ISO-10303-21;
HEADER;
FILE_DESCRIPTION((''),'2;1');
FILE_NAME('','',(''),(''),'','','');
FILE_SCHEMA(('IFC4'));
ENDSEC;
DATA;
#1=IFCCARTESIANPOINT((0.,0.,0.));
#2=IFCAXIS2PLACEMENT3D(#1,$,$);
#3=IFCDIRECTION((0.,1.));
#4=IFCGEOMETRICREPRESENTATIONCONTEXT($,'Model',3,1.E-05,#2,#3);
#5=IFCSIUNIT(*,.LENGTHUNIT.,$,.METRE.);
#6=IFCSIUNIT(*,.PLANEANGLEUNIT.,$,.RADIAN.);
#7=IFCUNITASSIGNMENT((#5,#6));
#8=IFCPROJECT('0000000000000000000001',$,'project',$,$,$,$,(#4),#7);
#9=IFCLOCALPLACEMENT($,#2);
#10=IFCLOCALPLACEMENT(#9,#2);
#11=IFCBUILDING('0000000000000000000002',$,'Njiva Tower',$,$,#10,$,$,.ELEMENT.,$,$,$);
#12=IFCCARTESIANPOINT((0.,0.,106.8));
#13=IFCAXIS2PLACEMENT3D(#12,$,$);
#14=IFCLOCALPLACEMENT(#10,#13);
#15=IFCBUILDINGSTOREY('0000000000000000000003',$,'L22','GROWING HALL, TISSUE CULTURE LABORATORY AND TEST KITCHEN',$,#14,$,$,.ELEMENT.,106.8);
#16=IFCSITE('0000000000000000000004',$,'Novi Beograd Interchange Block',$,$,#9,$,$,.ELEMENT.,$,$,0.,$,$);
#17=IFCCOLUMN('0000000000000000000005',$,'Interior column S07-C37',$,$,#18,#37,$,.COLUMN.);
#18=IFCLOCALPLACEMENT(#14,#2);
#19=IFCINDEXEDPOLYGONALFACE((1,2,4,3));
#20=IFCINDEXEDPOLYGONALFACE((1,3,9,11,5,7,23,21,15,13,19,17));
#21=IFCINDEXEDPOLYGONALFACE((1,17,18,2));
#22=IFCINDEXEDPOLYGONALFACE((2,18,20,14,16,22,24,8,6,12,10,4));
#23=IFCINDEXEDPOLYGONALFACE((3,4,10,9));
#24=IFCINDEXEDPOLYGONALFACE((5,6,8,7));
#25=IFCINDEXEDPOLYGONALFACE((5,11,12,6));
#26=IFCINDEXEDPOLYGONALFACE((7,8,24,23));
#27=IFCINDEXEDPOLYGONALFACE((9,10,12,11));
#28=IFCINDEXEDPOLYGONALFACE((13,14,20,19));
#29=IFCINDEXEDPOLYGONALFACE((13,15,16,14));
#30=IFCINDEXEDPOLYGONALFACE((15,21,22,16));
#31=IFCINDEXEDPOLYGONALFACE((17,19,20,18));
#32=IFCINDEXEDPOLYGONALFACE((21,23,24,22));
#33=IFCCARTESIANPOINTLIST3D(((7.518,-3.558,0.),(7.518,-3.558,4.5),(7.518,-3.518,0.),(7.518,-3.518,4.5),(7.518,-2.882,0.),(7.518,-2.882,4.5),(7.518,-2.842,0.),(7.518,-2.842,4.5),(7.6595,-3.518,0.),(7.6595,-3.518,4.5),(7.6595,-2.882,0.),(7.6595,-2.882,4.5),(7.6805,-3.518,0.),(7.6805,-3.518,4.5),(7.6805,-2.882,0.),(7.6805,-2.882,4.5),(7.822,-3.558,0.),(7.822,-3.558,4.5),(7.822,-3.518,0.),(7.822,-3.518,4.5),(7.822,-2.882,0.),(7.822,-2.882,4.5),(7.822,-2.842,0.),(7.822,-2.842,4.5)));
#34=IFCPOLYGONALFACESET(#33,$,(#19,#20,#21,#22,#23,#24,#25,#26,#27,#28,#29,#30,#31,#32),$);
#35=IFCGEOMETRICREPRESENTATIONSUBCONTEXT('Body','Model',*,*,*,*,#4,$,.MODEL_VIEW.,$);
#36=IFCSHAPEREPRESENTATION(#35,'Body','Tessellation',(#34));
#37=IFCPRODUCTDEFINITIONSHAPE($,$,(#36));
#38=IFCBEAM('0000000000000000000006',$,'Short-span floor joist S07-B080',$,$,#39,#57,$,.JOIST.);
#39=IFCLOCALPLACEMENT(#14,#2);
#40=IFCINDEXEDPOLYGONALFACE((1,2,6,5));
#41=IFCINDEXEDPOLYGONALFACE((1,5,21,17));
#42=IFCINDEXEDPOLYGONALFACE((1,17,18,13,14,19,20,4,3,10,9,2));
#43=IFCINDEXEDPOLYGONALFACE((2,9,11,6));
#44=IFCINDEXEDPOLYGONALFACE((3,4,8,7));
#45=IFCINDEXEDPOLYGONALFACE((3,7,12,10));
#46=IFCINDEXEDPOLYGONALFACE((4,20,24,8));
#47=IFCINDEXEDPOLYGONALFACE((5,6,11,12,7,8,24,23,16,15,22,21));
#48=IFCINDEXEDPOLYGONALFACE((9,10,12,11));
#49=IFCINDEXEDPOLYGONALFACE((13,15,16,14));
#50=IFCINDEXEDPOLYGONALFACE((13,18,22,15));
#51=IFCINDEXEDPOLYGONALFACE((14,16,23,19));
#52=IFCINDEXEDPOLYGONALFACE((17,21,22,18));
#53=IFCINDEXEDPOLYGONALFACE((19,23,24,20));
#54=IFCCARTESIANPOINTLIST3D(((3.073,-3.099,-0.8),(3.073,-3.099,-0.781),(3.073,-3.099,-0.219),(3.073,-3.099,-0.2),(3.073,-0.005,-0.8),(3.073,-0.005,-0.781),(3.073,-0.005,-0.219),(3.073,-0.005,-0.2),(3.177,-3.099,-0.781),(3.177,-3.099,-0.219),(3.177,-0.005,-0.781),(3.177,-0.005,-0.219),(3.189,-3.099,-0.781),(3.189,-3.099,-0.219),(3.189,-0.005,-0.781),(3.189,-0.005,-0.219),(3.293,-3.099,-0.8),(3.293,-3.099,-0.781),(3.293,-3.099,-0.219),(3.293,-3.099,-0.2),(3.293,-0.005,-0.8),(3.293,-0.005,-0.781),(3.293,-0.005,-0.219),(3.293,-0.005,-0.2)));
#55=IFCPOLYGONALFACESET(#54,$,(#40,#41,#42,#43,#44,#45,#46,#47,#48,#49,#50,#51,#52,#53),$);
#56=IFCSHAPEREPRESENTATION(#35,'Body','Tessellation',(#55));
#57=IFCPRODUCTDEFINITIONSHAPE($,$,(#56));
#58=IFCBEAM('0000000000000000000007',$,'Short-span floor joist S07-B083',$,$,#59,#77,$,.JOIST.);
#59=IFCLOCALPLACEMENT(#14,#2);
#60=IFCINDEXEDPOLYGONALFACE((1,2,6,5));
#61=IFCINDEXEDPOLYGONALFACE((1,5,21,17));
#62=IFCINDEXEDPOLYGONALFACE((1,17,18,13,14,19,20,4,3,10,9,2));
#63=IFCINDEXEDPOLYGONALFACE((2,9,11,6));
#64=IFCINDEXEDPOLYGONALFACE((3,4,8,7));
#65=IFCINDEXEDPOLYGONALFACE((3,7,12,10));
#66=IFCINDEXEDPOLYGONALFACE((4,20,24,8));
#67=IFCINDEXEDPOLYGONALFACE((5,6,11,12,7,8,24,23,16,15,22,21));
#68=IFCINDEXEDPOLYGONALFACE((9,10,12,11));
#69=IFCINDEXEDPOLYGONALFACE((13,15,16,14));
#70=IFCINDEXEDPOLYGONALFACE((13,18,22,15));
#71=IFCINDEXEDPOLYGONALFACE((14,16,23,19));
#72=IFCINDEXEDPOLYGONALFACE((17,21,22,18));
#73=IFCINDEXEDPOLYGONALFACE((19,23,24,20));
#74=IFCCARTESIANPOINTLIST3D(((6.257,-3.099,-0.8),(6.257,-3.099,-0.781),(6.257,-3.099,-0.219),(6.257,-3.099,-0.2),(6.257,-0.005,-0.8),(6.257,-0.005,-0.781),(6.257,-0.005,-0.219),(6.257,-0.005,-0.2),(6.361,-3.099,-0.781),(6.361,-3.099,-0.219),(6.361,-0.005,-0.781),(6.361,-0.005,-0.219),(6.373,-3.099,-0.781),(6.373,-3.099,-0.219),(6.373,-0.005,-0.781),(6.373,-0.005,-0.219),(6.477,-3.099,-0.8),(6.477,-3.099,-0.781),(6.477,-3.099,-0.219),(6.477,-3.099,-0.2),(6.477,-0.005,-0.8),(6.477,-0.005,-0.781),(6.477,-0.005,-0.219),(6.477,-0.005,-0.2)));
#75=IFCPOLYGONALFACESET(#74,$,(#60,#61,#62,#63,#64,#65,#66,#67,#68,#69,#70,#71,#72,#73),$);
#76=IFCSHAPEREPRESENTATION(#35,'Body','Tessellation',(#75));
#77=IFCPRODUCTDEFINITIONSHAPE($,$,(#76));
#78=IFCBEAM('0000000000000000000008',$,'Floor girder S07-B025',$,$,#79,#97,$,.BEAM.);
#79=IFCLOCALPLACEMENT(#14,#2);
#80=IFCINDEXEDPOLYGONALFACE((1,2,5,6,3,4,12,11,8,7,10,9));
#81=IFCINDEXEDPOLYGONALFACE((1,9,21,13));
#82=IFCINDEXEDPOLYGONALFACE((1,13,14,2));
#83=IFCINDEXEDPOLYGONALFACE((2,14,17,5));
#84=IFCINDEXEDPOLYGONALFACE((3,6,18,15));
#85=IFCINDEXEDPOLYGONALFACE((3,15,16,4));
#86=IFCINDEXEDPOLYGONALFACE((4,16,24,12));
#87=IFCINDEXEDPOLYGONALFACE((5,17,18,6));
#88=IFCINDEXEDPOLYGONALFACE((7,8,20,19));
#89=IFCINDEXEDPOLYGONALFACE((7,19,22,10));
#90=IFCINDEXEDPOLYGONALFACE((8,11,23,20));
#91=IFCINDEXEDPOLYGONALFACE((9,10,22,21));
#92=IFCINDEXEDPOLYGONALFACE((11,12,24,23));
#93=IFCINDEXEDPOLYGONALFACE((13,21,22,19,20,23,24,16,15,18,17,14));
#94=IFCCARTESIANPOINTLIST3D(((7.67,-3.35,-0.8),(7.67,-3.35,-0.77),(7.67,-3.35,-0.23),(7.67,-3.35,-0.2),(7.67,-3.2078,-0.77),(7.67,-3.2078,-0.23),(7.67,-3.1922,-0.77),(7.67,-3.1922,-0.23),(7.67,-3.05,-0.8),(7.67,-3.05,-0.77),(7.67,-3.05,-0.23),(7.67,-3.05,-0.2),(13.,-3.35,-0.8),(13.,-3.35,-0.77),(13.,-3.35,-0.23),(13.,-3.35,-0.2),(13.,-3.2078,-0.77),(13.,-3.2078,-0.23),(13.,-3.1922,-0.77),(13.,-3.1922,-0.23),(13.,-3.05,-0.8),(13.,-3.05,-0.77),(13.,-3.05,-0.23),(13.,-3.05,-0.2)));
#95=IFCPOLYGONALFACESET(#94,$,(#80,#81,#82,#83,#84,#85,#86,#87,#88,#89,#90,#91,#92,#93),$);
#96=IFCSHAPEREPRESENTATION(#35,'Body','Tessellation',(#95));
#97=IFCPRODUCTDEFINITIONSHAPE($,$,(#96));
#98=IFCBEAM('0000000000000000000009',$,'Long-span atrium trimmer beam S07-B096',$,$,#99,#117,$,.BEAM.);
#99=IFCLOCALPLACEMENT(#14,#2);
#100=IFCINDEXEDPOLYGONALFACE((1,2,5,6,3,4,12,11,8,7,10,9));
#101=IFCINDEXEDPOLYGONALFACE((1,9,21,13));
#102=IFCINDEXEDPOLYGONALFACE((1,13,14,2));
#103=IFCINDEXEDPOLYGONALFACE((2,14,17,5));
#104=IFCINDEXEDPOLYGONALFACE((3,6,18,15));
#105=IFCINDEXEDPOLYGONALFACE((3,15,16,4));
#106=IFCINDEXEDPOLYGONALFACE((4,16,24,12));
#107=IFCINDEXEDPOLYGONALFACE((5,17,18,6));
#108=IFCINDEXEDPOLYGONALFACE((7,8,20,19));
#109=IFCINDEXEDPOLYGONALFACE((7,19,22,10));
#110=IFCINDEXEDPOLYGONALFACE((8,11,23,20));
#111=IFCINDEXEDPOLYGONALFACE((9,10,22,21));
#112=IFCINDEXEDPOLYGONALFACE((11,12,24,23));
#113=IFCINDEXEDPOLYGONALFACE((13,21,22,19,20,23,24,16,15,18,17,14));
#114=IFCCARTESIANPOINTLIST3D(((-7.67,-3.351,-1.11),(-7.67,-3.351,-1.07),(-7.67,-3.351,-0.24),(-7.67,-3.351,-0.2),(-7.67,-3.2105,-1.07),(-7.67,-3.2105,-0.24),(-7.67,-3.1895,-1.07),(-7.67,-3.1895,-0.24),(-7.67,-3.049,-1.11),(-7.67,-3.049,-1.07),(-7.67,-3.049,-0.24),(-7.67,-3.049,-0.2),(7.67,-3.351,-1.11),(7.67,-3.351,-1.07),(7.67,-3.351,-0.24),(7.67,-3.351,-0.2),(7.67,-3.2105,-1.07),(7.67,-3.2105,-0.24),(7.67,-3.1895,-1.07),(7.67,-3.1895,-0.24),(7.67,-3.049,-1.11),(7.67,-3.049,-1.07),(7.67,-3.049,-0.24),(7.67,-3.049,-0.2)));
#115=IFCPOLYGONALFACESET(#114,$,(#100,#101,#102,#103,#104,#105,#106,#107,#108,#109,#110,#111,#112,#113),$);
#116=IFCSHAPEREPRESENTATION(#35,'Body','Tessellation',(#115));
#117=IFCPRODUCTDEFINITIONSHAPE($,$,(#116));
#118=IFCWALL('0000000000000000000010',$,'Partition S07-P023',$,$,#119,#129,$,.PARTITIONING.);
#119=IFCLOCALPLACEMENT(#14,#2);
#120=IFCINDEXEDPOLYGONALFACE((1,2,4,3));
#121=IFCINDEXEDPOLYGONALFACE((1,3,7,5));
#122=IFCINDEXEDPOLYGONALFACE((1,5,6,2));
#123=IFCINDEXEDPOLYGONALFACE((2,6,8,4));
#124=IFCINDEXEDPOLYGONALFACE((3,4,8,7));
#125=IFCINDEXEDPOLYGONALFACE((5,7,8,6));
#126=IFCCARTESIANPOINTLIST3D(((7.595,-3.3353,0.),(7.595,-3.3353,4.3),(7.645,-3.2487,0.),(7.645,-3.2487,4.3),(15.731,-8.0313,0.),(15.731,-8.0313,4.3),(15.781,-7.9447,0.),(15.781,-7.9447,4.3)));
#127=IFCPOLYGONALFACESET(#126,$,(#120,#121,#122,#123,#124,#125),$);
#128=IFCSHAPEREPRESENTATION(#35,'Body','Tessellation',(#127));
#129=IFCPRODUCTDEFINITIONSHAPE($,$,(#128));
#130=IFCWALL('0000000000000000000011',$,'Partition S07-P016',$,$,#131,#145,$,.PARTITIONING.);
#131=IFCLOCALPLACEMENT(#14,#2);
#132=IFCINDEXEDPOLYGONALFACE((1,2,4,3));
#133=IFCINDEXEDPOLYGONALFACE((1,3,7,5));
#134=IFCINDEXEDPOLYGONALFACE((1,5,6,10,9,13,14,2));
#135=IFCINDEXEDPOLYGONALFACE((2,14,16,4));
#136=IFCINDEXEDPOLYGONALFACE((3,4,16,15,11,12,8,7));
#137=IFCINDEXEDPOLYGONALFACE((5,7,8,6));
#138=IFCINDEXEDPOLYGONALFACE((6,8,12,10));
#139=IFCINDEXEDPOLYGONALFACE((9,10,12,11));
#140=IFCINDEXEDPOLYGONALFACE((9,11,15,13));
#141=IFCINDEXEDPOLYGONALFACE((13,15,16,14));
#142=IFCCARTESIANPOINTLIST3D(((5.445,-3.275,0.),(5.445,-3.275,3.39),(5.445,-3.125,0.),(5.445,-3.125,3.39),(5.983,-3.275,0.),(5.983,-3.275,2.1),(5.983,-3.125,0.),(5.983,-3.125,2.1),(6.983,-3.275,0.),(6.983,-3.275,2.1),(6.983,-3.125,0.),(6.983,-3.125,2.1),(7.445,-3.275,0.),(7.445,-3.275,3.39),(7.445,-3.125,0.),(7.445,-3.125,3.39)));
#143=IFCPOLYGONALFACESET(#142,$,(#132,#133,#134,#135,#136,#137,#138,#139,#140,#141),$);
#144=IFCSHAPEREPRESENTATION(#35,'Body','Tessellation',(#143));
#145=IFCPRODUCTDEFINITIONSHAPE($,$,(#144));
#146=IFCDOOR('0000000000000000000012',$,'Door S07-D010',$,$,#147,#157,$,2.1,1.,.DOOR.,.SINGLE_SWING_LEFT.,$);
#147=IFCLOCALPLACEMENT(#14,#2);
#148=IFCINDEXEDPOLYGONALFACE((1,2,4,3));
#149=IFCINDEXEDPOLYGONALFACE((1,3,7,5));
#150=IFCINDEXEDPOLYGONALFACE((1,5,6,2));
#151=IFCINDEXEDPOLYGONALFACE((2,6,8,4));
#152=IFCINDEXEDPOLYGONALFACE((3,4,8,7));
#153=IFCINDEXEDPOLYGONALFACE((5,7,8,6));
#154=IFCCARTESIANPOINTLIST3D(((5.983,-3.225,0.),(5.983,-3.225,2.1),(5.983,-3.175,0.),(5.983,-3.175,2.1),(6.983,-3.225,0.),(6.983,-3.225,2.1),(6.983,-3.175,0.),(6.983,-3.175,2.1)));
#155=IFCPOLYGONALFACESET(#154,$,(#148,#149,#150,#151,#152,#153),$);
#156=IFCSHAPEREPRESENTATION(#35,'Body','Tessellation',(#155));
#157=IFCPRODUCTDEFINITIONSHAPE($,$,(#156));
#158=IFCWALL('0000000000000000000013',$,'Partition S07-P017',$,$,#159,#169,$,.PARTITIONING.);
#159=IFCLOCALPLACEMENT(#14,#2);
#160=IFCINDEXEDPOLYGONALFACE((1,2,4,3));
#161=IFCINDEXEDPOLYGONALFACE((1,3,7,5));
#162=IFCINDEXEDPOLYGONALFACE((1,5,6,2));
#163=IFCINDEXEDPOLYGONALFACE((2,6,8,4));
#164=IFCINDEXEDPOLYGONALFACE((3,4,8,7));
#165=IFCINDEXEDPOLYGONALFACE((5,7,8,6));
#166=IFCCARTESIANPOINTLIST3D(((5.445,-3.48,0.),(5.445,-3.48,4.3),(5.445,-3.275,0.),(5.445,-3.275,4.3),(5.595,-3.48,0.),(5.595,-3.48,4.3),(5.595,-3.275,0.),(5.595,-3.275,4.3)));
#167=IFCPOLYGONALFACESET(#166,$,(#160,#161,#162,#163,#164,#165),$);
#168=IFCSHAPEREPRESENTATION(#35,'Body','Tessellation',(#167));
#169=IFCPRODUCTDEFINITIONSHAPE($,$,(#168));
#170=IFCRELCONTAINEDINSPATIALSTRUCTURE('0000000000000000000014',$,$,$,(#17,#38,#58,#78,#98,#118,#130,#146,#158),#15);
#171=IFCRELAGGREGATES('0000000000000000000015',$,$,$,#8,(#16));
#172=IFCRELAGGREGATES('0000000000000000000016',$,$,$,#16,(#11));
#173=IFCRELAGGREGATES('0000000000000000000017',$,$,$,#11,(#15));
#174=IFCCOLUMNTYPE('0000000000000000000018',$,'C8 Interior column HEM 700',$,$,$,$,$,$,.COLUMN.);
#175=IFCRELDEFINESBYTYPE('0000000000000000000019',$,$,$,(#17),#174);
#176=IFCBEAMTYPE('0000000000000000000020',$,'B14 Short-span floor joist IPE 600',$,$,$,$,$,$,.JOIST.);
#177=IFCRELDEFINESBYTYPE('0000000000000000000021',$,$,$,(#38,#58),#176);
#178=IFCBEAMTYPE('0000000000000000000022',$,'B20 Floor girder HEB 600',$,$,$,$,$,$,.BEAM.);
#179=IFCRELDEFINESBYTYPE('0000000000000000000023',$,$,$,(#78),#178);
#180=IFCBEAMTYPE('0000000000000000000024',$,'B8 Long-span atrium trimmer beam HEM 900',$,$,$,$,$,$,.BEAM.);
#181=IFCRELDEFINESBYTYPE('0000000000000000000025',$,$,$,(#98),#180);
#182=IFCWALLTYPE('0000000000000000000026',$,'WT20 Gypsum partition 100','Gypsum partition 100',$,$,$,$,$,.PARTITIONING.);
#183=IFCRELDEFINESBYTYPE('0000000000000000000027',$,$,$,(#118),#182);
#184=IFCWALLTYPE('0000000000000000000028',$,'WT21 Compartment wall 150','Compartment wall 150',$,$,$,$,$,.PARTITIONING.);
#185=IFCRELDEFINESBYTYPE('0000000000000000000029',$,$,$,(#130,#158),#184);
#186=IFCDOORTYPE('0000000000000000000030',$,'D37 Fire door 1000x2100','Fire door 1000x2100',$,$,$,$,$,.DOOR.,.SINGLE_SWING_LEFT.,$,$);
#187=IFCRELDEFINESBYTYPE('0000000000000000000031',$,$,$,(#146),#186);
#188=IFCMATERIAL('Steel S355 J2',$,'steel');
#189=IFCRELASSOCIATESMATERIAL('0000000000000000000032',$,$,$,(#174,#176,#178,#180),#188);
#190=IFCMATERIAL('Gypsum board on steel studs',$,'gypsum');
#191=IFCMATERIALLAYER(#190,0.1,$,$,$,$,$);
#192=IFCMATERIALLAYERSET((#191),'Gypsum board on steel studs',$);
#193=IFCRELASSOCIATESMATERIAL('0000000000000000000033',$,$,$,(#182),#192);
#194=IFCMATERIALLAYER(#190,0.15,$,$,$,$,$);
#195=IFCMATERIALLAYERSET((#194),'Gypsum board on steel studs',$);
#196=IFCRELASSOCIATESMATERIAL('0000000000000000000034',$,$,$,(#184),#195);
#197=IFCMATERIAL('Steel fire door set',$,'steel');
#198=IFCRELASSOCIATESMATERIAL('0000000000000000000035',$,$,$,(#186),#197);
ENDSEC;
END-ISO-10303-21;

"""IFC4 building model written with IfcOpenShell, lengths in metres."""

from ifc_helpers import new_model, si_unit, direction, frame, frame_2d, origin, origin_2d, place, context, subcontext, project, spatial, rectangle, i_section, extrude, material, layer, layer_set, material_profile, profile_set, type_object, element, fill, save


model = new_model("IFC4")

# Units and contexts
model_context = context("Model", 3, precision=1e-05, world=origin(), true_north=direction((0.0, 1.0)))
body_context = subcontext(model_context, "Body", "Model", "MODEL_VIEW")
ifc_project = project(units=[si_unit("LENGTHUNIT", "METRE"), si_unit("PLANEANGLEUNIT", "RADIAN")], contexts=[model_context])

# Site, building, storey
site_placement = place(None, origin())
site = spatial("IfcSite", under=ifc_project, at=site_placement, Name="Novi Beograd Interchange Block", CompositionType="ELEMENT", RefElevation=0.0)
building_placement = place(site_placement, origin())
building = spatial("IfcBuilding", under=site, at=building_placement, Name="Njiva Tower", CompositionType="ELEMENT")
storey_placement = place(building_placement, frame((0.0, 0.0, 106.8)))
storey = spatial("IfcBuildingStorey", under=building, at=storey_placement, Name="L22", Description="GROWING HALL, TISSUE CULTURE LABORATORY AND TEST KITCHEN", CompositionType="ELEMENT", Elevation=106.8)

# Column
ifc_material_1 = material(Name="Steel S355 J2", Category="steel")
ifc_material_profile_1 = material_profile(ifc_material_1, i_section(OverallWidth=0.304, OverallDepth=0.716, WebThickness=0.021, FlangeThickness=0.04, at=origin_2d()), Name="HEM 700")
ifc_profile_set_1 = profile_set([ifc_material_profile_1], Name="Steel S355 J2")
column_type = type_object("IfcColumnType", Name="C8 Interior column HEM 700", PredefinedType="COLUMN", material=ifc_profile_set_1)
column_placement = place(storey_placement, frame((7.67, -3.2, 0.0), z_axis=(0.0, 0.0, 1.0), x_axis=(1.0, 0.0, 0.0)))
element("IfcColumn", 1, at=column_placement, inside=storey, type_object=column_type, Name="Interior column S07-C37", PredefinedType="COLUMN", context=body_context, shape_type="SweptSolid", body=[
    extrude(i_section(OverallWidth=0.304, OverallDepth=0.716, WebThickness=0.021, FlangeThickness=0.04, at=origin_2d()), origin(), (0.0, 0.0, 1.0), 4.5),
])

# Beams
ifc_material_profile_2 = material_profile(ifc_material_1, i_section(OverallWidth=0.22, OverallDepth=0.6, WebThickness=0.012, FlangeThickness=0.019, at=origin_2d()), Name="IPE 600")
ifc_profile_set_2 = profile_set([ifc_material_profile_2], Name="Steel S355 J2")
beam_type_1 = type_object("IfcBeamType", Name="B14 Short-span floor joist IPE 600", PredefinedType="JOIST", material=ifc_profile_set_2)
for number, where, z_axis, x_axis, name in (
    (2, (3.183, -0.005, -0.5), (0.0, -1.0, 0.0), (1.0, 0.0, 0.0), "Short-span floor joist S07-B080"),
    (3, (6.367, -0.005, -0.5), (0.0, -1.0, 0.0), (1.0, 0.0, 0.0), "Short-span floor joist S07-B083"),
):
    element("IfcBeam", number, at=place(storey_placement, frame(where, z_axis=z_axis, x_axis=x_axis)), inside=storey, type_object=beam_type_1, Name=name, PredefinedType="JOIST", context=body_context, shape_type="SweptSolid", body=[
        extrude(i_section(OverallWidth=0.22, OverallDepth=0.6, WebThickness=0.012, FlangeThickness=0.019, at=origin_2d()), origin(), (0.0, 0.0, 1.0), 3.094),
    ])
ifc_material_profile_3 = material_profile(ifc_material_1, i_section(OverallWidth=0.3, OverallDepth=0.6, WebThickness=0.0155, FlangeThickness=0.03, at=origin_2d()), Name="HEB 600")
ifc_profile_set_3 = profile_set([ifc_material_profile_3], Name="Steel S355 J2")
beam_type_2 = type_object("IfcBeamType", Name="B20 Floor girder HEB 600", PredefinedType="BEAM", material=ifc_profile_set_3)
beam_1_placement = place(storey_placement, frame((7.67, -3.2, -0.5), z_axis=(1.0, 0.0, 0.0), x_axis=(0.0, 1.0, 0.0)))
element("IfcBeam", 4, at=beam_1_placement, inside=storey, type_object=beam_type_2, Name="Floor girder S07-B025", PredefinedType="BEAM", context=body_context, shape_type="SweptSolid", body=[
    extrude(i_section(OverallWidth=0.3, OverallDepth=0.6, WebThickness=0.0155, FlangeThickness=0.03, at=origin_2d()), origin(), (0.0, 0.0, 1.0), 5.33),
])
ifc_material_profile_4 = material_profile(ifc_material_1, i_section(OverallWidth=0.302, OverallDepth=0.91, WebThickness=0.021, FlangeThickness=0.04, at=origin_2d()), Name="HEM 900")
ifc_profile_set_4 = profile_set([ifc_material_profile_4], Name="Steel S355 J2")
beam_type_3 = type_object("IfcBeamType", Name="B8 Long-span atrium trimmer beam HEM 900", PredefinedType="BEAM", material=ifc_profile_set_4)
beam_2_placement = place(storey_placement, frame((7.67, -3.2, -0.655), z_axis=(-1.0, 0.0, 0.0), x_axis=(0.0, -1.0, 0.0)))
element("IfcBeam", 5, at=beam_2_placement, inside=storey, type_object=beam_type_3, Name="Long-span atrium trimmer beam S07-B096", PredefinedType="BEAM", context=body_context, shape_type="SweptSolid", body=[
    extrude(i_section(OverallWidth=0.302, OverallDepth=0.91, WebThickness=0.021, FlangeThickness=0.04, at=origin_2d()), origin(), (0.0, 0.0, 1.0), 15.34),
])

# Wall
ifc_material_2 = material(Name="Gypsum board on steel studs", Category="gypsum")
ifc_layer_1 = layer(ifc_material_2, 0.1)
ifc_layer_set_1 = layer_set([ifc_layer_1], Name="Gypsum board on steel studs")
wall_type_1 = type_object("IfcWallType", Name="WT20 Gypsum partition 100", Description="Gypsum partition 100", PredefinedType="PARTITIONING", material=ifc_layer_set_1)
wall_1_placement = place(storey_placement, frame((7.62, -3.292, 0.0), z_axis=(0.0, 0.0, 1.0), x_axis=(0.866086, -0.499894, 0.0)))
element("IfcWall", 6, at=wall_1_placement, inside=storey, type_object=wall_type_1, Name="Partition S07-P023", PredefinedType="PARTITIONING", context=body_context, shape_type="SweptSolid", body=[
    extrude(rectangle(XDim=9.394, YDim=0.1, at=frame_2d((4.697, 0.0))), origin(), (0.0, 0.0, 1.0), 4.3),
])

# Wall, opening, door
ifc_layer_2 = layer(ifc_material_2, 0.15)
ifc_layer_set_2 = layer_set([ifc_layer_2], Name="Gypsum board on steel studs")
wall_type_2 = type_object("IfcWallType", Name="WT21 Compartment wall 150", Description="Compartment wall 150", PredefinedType="PARTITIONING", material=ifc_layer_set_2)
wall_2_placement = place(storey_placement, frame((5.445, -3.2, 0.0), z_axis=(0.0, 0.0, 1.0), x_axis=(1.0, 0.0, 0.0)))
wall_2 = element("IfcWall", 7, at=wall_2_placement, inside=storey, type_object=wall_type_2, Name="Partition S07-P016", PredefinedType="PARTITIONING", context=body_context, shape_type="SweptSolid", body=[
    extrude(rectangle(XDim=2.0, YDim=0.15, at=frame_2d((1.0, 0.0))), origin(), (0.0, 0.0, 1.0), 3.39),
])
opening_1_placement = place(wall_2_placement, frame((0.538, 0.0, 0.0)))
opening_1 = element("IfcOpeningElement", 8, at=opening_1_placement, cuts=wall_2, PredefinedType="OPENING", context=body_context, shape_type="SweptSolid", body=[
    extrude(rectangle(XDim=1.0, YDim=2.1, at=frame_2d((0.5, 1.05))), frame((0.0, 0.085, 0.0), z_axis=(0.0, -1.0, 0.0), x_axis=(1.0, 0.0, 0.0)), (0.0, 0.0, 1.0), 0.17),
])
ifc_material_3 = material(Name="Steel fire door set", Category="steel")
door_type = type_object("IfcDoorType", Name="D37 Fire door 1000x2100", Description="Fire door 1000x2100", OperationType="SINGLE_SWING_LEFT", PredefinedType="DOOR", material=ifc_material_3)
door_1_placement = place(opening_1_placement, origin())
door_1 = element("IfcDoor", 9, at=door_1_placement, inside=storey, type_object=door_type, Name="Door S07-D010", OperationType="SINGLE_SWING_LEFT", OverallHeight=2.1, OverallWidth=1.0, PredefinedType="DOOR", context=body_context, shape_type="SweptSolid", body=[
    extrude(rectangle(XDim=1.0, YDim=2.1, at=frame_2d((0.5, 1.05))), frame((0.0, 0.025, 0.0), z_axis=(0.0, -1.0, 0.0), x_axis=(1.0, 0.0, 0.0)), (0.0, 0.0, 1.0), 0.05),
])
fill(opening_1, door_1)

# Wall
wall_3_placement = place(storey_placement, frame((5.52, -3.48, 0.0), z_axis=(0.0, 0.0, 1.0), x_axis=(0.0, 1.0, 0.0)))
element("IfcWall", 10, at=wall_3_placement, inside=storey, type_object=wall_type_2, Name="Partition S07-P017", PredefinedType="PARTITIONING", context=body_context, shape_type="SweptSolid", body=[
    extrude(rectangle(XDim=0.205, YDim=0.15, at=frame_2d((0.1025, 0.0))), origin(), (0.0, 0.0, 1.0), 4.3),
])

save(model, "model.ifc")
